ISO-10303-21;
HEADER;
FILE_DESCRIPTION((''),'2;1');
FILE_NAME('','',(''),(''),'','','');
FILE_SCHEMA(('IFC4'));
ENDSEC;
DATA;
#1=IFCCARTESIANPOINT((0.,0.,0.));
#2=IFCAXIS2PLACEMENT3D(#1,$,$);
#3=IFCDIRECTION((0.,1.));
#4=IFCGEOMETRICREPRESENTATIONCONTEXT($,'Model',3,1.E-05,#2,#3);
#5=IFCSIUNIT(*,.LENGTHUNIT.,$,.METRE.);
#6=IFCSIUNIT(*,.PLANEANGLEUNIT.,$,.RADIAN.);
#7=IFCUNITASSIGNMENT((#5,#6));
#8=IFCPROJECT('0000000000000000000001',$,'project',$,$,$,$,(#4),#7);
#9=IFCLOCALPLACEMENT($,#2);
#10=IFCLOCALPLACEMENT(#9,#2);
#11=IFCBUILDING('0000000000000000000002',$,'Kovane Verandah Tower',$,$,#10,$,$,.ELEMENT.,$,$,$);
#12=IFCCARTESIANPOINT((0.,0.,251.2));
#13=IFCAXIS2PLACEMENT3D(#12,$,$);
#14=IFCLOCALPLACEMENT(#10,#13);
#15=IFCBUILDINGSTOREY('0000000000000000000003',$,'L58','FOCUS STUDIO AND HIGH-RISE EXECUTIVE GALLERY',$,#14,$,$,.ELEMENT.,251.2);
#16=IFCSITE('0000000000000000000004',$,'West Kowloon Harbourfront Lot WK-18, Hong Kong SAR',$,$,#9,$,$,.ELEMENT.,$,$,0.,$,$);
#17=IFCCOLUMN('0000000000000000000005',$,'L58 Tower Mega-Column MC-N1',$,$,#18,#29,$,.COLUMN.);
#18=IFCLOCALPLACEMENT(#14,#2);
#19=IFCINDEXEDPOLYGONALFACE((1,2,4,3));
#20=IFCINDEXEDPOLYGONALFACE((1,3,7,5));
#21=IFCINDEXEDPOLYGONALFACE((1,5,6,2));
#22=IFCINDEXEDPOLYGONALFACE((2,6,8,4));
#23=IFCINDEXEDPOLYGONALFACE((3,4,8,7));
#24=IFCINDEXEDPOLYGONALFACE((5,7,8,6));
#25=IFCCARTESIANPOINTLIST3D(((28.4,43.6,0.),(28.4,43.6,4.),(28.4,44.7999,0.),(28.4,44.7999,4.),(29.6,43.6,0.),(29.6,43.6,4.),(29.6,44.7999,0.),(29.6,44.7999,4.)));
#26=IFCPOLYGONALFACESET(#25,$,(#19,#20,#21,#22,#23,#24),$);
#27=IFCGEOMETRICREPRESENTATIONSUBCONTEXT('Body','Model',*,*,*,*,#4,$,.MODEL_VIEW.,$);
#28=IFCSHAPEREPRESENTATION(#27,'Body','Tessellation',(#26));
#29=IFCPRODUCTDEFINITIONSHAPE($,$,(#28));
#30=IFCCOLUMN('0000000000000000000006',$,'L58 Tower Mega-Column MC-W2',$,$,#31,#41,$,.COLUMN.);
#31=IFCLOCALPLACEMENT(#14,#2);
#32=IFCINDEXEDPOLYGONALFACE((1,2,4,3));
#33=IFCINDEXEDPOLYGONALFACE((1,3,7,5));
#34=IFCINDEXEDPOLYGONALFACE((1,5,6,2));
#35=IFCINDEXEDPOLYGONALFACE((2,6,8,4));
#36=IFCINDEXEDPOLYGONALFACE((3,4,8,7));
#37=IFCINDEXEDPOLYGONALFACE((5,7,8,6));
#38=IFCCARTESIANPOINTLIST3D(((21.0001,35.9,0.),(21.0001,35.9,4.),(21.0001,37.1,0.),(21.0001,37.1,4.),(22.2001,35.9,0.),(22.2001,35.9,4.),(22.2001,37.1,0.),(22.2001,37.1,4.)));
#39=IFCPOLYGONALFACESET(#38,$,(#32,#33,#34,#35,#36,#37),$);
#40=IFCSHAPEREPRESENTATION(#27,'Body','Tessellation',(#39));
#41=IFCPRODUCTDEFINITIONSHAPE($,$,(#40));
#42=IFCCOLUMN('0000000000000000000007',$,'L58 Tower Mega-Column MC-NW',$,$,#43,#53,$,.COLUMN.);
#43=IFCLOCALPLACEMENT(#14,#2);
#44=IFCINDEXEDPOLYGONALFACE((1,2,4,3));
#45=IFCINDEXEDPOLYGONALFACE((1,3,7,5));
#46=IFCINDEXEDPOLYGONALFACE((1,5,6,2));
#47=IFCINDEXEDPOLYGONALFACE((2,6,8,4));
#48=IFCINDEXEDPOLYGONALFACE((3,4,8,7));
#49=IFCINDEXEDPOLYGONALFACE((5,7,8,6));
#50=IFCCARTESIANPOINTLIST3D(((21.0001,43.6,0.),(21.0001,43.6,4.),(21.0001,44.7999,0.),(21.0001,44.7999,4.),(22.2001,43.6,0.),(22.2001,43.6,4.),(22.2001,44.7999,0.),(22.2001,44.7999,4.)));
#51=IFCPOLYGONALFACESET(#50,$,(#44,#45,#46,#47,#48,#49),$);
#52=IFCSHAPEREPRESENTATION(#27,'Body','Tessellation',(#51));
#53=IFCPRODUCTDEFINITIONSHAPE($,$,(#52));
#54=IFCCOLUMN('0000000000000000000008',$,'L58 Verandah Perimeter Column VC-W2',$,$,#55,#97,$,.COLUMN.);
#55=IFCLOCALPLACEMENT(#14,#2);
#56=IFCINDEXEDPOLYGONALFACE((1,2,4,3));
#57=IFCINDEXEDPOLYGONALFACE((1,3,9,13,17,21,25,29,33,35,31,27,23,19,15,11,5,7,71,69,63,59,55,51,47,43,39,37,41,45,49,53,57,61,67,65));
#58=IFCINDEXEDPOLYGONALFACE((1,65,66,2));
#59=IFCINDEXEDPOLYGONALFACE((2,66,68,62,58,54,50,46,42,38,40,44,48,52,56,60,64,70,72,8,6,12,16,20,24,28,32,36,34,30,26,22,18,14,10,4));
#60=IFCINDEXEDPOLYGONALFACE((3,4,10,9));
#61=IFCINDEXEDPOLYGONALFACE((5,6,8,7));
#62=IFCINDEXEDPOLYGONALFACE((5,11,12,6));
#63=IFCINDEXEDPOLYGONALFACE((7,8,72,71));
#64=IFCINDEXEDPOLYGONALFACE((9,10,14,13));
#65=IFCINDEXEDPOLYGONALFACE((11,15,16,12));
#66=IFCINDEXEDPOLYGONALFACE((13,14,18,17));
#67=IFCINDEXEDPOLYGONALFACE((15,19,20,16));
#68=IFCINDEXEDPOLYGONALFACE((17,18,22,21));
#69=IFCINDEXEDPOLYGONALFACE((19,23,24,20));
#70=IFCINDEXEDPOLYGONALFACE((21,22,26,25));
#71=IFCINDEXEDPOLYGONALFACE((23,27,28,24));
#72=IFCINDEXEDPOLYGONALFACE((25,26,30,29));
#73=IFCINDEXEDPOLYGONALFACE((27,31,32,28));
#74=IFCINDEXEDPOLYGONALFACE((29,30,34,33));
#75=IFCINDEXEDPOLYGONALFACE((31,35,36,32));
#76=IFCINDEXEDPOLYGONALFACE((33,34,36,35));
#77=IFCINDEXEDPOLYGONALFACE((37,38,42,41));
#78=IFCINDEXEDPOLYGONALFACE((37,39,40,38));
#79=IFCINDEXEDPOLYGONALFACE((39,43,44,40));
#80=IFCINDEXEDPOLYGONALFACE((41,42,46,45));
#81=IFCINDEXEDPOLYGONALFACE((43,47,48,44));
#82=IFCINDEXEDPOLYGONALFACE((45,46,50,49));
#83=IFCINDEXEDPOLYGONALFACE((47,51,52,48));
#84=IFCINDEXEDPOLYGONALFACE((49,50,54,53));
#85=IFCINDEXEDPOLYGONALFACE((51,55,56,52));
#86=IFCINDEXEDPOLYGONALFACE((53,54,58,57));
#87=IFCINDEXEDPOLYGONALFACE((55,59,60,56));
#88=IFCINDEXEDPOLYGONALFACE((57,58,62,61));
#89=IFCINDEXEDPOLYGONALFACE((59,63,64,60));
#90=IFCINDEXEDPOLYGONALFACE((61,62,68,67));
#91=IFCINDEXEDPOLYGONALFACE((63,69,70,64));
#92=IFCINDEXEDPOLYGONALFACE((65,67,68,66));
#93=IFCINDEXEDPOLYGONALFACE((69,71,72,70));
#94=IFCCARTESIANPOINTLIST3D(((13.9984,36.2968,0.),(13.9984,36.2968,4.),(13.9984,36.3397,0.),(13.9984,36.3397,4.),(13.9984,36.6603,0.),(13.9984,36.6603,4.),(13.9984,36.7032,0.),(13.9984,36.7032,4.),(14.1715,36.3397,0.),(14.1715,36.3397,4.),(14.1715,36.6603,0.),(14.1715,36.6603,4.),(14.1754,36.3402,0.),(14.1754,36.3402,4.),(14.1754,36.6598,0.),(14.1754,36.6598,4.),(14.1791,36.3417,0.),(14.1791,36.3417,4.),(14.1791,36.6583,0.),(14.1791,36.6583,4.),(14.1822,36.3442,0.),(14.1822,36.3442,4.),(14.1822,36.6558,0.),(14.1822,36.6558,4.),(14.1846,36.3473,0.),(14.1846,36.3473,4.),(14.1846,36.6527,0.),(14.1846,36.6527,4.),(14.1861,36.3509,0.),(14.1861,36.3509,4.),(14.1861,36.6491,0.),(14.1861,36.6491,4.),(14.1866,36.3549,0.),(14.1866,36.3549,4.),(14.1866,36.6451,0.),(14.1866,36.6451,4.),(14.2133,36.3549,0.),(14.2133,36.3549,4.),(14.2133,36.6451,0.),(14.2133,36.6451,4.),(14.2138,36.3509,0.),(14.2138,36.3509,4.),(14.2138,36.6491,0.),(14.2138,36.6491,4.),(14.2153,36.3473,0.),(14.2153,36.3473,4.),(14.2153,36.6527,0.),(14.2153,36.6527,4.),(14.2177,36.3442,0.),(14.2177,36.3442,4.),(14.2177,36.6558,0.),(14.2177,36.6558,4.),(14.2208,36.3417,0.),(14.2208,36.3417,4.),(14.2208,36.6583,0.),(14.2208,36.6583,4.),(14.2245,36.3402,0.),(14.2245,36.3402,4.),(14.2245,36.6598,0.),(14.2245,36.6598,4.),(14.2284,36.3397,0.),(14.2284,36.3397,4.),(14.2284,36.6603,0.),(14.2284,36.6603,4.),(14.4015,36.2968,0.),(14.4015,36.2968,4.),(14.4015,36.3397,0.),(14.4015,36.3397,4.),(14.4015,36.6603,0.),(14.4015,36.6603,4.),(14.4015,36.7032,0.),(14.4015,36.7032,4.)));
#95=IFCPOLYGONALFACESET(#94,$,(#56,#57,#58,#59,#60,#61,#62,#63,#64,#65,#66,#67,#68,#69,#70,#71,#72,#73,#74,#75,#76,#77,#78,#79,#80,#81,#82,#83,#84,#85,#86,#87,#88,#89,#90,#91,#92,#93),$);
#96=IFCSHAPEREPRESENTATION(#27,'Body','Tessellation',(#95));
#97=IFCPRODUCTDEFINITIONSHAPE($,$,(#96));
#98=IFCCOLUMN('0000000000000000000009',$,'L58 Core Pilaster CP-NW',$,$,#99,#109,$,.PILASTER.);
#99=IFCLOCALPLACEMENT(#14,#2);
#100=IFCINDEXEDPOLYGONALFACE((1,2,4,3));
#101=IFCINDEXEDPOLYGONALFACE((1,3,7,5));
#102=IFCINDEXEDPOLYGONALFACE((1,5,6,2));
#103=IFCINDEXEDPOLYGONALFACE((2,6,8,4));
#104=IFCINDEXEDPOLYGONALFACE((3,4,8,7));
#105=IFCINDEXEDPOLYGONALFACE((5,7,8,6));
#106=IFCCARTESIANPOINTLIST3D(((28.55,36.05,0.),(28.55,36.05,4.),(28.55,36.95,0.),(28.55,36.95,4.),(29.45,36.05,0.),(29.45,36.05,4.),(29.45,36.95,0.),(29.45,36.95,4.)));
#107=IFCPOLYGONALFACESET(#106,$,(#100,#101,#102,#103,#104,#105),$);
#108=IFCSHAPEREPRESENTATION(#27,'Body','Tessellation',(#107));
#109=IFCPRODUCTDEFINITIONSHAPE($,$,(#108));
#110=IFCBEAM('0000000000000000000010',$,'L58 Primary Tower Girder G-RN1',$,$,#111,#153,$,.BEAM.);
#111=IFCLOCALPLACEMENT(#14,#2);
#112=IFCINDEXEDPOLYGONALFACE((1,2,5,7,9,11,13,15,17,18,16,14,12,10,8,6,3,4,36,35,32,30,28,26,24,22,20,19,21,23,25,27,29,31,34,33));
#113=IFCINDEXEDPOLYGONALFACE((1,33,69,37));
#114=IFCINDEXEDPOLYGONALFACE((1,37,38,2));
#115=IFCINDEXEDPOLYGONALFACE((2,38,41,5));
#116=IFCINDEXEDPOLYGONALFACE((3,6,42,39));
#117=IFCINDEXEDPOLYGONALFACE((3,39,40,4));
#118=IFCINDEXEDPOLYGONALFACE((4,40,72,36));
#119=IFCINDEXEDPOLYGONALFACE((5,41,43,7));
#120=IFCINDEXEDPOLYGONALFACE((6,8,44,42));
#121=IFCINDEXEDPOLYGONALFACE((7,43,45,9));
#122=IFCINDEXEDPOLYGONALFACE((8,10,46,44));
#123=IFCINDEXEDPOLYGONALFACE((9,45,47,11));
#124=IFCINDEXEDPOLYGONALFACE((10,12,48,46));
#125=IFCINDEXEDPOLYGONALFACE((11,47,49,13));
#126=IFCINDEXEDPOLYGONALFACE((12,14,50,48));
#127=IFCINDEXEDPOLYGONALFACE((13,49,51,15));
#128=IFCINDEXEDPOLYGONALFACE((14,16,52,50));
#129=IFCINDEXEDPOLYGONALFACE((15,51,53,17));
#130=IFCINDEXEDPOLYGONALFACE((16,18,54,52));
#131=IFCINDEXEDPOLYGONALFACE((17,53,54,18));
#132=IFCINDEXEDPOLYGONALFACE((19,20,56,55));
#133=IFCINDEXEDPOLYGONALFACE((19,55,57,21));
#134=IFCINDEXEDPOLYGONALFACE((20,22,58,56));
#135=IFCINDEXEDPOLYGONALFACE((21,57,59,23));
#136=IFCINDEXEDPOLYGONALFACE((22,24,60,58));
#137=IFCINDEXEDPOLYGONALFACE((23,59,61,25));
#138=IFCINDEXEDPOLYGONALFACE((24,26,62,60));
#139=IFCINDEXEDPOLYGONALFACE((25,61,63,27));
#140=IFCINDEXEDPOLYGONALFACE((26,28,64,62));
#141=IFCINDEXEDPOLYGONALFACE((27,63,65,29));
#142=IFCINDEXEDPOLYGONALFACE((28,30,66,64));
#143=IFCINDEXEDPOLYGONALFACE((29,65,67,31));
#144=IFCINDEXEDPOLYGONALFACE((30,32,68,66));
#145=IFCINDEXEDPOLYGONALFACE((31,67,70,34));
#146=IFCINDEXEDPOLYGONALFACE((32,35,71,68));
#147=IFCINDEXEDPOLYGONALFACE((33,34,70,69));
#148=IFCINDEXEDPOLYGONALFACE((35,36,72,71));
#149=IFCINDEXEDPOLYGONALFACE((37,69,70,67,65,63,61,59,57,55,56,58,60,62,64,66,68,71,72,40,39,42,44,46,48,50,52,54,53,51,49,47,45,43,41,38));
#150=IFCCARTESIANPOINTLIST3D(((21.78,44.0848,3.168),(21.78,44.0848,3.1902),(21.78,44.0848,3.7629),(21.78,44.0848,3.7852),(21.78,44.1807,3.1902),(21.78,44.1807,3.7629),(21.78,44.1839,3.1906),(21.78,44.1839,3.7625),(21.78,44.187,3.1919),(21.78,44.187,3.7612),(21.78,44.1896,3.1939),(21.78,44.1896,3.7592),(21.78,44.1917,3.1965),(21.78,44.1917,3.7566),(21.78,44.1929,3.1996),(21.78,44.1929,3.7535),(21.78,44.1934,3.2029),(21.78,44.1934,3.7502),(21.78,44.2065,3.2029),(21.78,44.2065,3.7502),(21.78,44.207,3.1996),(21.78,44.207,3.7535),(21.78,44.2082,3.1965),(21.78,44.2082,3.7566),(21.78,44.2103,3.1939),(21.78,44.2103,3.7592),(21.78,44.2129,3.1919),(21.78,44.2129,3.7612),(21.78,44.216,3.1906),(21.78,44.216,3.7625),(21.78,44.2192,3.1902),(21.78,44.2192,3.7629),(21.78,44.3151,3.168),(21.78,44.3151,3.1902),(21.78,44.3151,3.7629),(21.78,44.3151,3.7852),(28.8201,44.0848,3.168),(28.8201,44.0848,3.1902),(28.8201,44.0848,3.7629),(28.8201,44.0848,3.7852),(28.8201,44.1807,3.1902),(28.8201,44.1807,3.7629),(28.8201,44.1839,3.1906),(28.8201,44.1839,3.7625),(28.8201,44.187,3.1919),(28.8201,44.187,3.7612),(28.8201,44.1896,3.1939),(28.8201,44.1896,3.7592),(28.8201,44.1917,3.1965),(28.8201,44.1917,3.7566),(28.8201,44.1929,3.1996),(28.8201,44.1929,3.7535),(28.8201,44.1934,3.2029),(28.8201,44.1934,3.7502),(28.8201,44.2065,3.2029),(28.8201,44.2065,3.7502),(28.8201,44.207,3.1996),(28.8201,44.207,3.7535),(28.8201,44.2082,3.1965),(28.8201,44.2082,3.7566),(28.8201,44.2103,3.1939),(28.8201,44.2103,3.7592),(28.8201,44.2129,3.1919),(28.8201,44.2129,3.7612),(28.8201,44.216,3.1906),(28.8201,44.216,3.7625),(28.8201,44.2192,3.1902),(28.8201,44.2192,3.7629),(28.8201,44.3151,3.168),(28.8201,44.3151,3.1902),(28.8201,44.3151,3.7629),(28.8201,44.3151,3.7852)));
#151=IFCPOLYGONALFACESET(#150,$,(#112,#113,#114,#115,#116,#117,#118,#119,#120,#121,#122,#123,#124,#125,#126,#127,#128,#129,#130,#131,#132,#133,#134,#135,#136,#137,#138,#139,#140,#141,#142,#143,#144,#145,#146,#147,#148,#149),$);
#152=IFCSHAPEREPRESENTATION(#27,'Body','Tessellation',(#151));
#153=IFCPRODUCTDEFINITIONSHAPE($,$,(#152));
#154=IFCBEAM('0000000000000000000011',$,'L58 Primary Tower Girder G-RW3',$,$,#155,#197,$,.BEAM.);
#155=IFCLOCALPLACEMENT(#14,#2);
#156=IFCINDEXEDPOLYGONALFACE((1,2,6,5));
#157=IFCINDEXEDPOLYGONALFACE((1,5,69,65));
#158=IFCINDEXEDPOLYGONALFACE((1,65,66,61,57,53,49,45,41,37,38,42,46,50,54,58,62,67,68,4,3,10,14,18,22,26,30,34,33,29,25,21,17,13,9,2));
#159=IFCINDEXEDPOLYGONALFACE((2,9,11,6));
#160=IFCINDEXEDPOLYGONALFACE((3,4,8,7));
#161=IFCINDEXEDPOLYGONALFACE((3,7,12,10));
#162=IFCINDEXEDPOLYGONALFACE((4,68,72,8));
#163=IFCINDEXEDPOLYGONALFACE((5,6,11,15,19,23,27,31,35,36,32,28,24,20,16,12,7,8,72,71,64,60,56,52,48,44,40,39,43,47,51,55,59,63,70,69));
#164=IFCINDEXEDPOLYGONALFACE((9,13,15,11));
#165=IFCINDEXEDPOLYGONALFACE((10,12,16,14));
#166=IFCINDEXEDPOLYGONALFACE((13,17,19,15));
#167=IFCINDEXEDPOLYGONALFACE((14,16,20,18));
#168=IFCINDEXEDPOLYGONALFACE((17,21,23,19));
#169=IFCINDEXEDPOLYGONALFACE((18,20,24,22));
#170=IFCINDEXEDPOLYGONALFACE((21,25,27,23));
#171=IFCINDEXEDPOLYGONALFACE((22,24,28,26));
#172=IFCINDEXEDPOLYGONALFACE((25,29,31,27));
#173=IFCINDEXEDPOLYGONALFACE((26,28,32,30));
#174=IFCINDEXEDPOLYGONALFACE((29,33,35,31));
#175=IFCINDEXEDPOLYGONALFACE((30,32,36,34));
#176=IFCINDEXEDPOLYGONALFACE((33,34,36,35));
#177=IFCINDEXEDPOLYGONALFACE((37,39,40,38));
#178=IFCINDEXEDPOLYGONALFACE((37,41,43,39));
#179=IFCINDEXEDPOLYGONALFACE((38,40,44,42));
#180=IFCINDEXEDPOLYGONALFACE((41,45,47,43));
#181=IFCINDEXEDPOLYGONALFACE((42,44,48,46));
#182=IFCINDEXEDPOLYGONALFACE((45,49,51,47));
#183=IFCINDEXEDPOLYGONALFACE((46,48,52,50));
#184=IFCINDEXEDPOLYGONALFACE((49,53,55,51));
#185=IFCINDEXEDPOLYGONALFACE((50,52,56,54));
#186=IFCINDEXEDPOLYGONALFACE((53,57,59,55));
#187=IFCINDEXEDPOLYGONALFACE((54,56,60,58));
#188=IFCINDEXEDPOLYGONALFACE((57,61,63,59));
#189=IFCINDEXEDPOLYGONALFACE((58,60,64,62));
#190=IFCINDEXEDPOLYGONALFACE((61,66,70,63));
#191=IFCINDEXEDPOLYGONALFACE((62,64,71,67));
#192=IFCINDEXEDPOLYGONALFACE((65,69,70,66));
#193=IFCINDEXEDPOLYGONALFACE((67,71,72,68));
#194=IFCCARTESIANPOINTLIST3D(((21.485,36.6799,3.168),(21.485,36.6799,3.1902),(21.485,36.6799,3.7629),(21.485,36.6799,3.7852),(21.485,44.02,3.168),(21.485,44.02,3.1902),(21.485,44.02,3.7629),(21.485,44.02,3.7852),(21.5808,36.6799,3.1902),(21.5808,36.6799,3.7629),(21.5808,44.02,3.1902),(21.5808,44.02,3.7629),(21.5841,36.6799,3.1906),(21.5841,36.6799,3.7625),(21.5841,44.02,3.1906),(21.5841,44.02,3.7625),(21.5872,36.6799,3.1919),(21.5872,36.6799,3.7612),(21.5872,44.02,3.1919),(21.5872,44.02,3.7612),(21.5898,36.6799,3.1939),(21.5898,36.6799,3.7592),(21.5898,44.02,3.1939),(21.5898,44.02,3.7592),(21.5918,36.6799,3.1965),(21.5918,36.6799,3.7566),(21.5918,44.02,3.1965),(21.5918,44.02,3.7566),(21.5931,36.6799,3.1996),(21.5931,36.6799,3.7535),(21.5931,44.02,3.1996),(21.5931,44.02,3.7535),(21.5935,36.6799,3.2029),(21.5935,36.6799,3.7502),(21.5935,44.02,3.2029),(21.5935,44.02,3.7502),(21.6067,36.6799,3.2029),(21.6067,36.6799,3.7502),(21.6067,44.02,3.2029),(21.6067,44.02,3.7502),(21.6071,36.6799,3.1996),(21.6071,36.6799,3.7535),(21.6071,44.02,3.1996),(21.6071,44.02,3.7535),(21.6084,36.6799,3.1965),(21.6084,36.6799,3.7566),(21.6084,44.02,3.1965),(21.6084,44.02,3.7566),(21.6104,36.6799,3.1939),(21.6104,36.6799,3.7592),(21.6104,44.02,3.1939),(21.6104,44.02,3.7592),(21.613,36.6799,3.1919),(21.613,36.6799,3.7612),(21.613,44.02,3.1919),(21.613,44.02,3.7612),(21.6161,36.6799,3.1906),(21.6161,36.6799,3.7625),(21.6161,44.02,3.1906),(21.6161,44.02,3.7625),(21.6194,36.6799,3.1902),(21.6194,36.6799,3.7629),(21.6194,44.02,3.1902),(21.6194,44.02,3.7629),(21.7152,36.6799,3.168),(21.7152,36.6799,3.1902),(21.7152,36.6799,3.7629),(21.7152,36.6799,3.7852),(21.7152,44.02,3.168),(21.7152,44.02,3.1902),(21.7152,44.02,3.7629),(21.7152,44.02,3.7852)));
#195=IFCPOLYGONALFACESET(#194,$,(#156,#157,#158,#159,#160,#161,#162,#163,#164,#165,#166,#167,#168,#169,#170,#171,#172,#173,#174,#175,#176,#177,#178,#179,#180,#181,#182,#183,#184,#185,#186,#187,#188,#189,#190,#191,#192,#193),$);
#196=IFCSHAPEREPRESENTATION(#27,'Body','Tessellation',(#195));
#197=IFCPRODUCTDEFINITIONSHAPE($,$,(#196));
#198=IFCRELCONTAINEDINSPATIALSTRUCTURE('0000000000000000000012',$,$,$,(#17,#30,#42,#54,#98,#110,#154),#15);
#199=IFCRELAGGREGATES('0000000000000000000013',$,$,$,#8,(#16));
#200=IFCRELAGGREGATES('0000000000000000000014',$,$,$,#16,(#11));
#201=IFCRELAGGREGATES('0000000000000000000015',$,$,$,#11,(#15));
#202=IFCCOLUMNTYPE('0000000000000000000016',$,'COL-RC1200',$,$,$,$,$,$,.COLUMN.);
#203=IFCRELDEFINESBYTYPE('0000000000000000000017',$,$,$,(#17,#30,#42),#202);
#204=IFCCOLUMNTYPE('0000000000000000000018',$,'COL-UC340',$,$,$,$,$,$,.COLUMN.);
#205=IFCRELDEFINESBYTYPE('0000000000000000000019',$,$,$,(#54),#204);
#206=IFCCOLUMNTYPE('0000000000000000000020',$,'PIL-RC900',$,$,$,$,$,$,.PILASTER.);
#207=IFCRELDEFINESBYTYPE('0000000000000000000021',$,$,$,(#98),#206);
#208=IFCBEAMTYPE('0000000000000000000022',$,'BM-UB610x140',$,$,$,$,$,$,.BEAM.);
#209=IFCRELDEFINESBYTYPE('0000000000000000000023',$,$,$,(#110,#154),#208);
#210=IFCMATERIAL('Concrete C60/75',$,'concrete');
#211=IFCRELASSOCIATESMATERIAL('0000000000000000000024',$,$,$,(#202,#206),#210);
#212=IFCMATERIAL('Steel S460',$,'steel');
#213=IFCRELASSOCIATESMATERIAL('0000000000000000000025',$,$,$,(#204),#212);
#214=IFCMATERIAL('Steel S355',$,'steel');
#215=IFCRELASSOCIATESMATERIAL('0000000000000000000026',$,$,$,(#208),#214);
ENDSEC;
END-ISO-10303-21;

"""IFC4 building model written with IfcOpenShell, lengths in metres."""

from ifc_helpers import new_model, si_unit, direction, frame, origin, origin_2d, place, context, subcontext, project, spatial, rectangle, i_section, extrude, material, material_profile, profile_set, type_object, element, save


model = new_model("IFC4")

# Units and contexts
model_context = context("Model", 3, precision=1e-05, world=origin(), true_north=direction((0.0, 1.0)))
body_context = subcontext(model_context, "Body", "Model", "MODEL_VIEW")
ifc_project = project(units=[si_unit("LENGTHUNIT", "METRE"), si_unit("PLANEANGLEUNIT", "RADIAN")], contexts=[model_context])

# Site, building, storey
site_placement = place(None, origin())
site = spatial("IfcSite", under=ifc_project, at=site_placement, Name="West Kowloon Harbourfront Lot WK-18, Hong Kong SAR", CompositionType="ELEMENT", RefElevation=0.0)
building_placement = place(site_placement, origin())
building = spatial("IfcBuilding", under=site, at=building_placement, Name="Kovane Verandah Tower", CompositionType="ELEMENT")
storey_placement = place(building_placement, frame((0.0, 0.0, 251.2)))
storey = spatial("IfcBuildingStorey", under=building, at=storey_placement, Name="L58", Description="FOCUS STUDIO AND HIGH-RISE EXECUTIVE GALLERY", CompositionType="ELEMENT", Elevation=251.2)

# Columns
ifc_material_1 = material(Name="Concrete C60/75", Category="concrete")
ifc_material_profile_1 = material_profile(ifc_material_1, rectangle(XDim=1.2, YDim=1.2, at=origin_2d()), Name="RC1200x1200")
ifc_profile_set_1 = profile_set([ifc_material_profile_1], Name="Concrete C60/75")
column_type_1 = type_object("IfcColumnType", Name="COL-RC1200", PredefinedType="COLUMN", material=ifc_profile_set_1)
for number, where, z_axis, x_axis, name in (
    (1, (29.0, 44.2, 0.0), (0.0, 0.0, 1.0), (1.0, 0.0, 0.0), "L58 Tower Mega-Column MC-N1"),
    (2, (21.6001, 36.5, 0.0), (0.0, 0.0, 1.0), (1.0, 0.0, 0.0), "L58 Tower Mega-Column MC-W2"),
    (3, (21.6001, 44.2, 0.0), (0.0, 0.0, 1.0), (1.0, 0.0, 0.0), "L58 Tower Mega-Column MC-NW"),
):
    element("IfcColumn", number, at=place(storey_placement, frame(where, z_axis=z_axis, x_axis=x_axis)), inside=storey, type_object=column_type_1, Name=name, PredefinedType="COLUMN", context=body_context, shape_type="SweptSolid", body=[
        extrude(rectangle(XDim=1.2, YDim=1.2, at=origin_2d()), origin(), (0.0, 0.0, 1.0), 4.0),
    ])
ifc_material_2 = material(Name="Steel S460", Category="steel")
ifc_material_profile_2 = material_profile(ifc_material_2, i_section(OverallWidth=0.4031, OverallDepth=0.4065, WebThickness=0.0266, FlangeThickness=0.043, FilletRadius=0.0151, at=origin_2d()), Name="UC356x406x340")
ifc_profile_set_2 = profile_set([ifc_material_profile_2], Name="Steel S460")
column_type_2 = type_object("IfcColumnType", Name="COL-UC340", PredefinedType="COLUMN", material=ifc_profile_set_2)
column_1_placement = place(storey_placement, frame((14.2, 36.5, 0.0), z_axis=(0.0, 0.0, 1.0), x_axis=(1.0, 0.0, 0.0)))
element("IfcColumn", 4, at=column_1_placement, inside=storey, type_object=column_type_2, Name="L58 Verandah Perimeter Column VC-W2", PredefinedType="COLUMN", context=body_context, shape_type="SweptSolid", body=[
    extrude(i_section(OverallWidth=0.4031, OverallDepth=0.4065, WebThickness=0.0266, FlangeThickness=0.043, FilletRadius=0.0151, at=origin_2d()), origin(), (0.0, 0.0, 1.0), 4.0),
])
ifc_material_profile_3 = material_profile(ifc_material_1, rectangle(XDim=0.8999, YDim=0.8999, at=origin_2d()), Name="RC900x900")
ifc_profile_set_3 = profile_set([ifc_material_profile_3], Name="Concrete C60/75")
column_type_3 = type_object("IfcColumnType", Name="PIL-RC900", PredefinedType="PILASTER", material=ifc_profile_set_3)
column_2_placement = place(storey_placement, frame((29.0, 36.5, 0.0), z_axis=(0.0, 0.0, 1.0), x_axis=(1.0, 0.0, 0.0)))
element("IfcColumn", 5, at=column_2_placement, inside=storey, type_object=column_type_3, Name="L58 Core Pilaster CP-NW", PredefinedType="PILASTER", context=body_context, shape_type="SweptSolid", body=[
    extrude(rectangle(XDim=0.8999, YDim=0.8999, at=origin_2d()), origin(), (0.0, 0.0, 1.0), 4.0),
])

# Beams
ifc_material_3 = material(Name="Steel S355", Category="steel")
ifc_material_profile_4 = material_profile(ifc_material_3, i_section(OverallWidth=0.2302, OverallDepth=0.6172, WebThickness=0.0132, FlangeThickness=0.0222, FilletRadius=0.0127, at=origin_2d()), Name="UB610x229x140")
ifc_profile_set_4 = profile_set([ifc_material_profile_4], Name="Steel S355")
beam_type_1 = type_object("IfcBeamType", Name="BM-UB610x140", PredefinedType="BEAM", material=ifc_profile_set_4)
beam_1_placement = place(storey_placement, frame((21.78, 44.2, 3.4766), z_axis=(1.0, 0.0, 0.0), x_axis=(0.0, 1.0, 0.0)))
element("IfcBeam", 6, at=beam_1_placement, inside=storey, type_object=beam_type_1, Name="L58 Primary Tower Girder G-RN1", PredefinedType="BEAM", context=body_context, shape_type="SweptSolid", body=[
    extrude(i_section(OverallWidth=0.2302, OverallDepth=0.6172, WebThickness=0.0132, FlangeThickness=0.0222, FilletRadius=0.0127, at=origin_2d()), origin(), (0.0, 0.0, 1.0), 7.04),
])
beam_2_placement = place(storey_placement, frame((21.6001, 36.6799, 3.4766), z_axis=(0.0, 1.0, 0.0), x_axis=(-1.0, 0.0, 0.0)))
element("IfcBeam", 7, at=beam_2_placement, inside=storey, type_object=beam_type_1, Name="L58 Primary Tower Girder G-RW3", PredefinedType="BEAM", context=body_context, shape_type="SweptSolid", body=[
    extrude(i_section(OverallWidth=0.2302, OverallDepth=0.6172, WebThickness=0.0132, FlangeThickness=0.0222, FilletRadius=0.0127, at=origin_2d()), origin(), (0.0, 0.0, 1.0), 7.3401),
])

save(model, "model.ifc")
